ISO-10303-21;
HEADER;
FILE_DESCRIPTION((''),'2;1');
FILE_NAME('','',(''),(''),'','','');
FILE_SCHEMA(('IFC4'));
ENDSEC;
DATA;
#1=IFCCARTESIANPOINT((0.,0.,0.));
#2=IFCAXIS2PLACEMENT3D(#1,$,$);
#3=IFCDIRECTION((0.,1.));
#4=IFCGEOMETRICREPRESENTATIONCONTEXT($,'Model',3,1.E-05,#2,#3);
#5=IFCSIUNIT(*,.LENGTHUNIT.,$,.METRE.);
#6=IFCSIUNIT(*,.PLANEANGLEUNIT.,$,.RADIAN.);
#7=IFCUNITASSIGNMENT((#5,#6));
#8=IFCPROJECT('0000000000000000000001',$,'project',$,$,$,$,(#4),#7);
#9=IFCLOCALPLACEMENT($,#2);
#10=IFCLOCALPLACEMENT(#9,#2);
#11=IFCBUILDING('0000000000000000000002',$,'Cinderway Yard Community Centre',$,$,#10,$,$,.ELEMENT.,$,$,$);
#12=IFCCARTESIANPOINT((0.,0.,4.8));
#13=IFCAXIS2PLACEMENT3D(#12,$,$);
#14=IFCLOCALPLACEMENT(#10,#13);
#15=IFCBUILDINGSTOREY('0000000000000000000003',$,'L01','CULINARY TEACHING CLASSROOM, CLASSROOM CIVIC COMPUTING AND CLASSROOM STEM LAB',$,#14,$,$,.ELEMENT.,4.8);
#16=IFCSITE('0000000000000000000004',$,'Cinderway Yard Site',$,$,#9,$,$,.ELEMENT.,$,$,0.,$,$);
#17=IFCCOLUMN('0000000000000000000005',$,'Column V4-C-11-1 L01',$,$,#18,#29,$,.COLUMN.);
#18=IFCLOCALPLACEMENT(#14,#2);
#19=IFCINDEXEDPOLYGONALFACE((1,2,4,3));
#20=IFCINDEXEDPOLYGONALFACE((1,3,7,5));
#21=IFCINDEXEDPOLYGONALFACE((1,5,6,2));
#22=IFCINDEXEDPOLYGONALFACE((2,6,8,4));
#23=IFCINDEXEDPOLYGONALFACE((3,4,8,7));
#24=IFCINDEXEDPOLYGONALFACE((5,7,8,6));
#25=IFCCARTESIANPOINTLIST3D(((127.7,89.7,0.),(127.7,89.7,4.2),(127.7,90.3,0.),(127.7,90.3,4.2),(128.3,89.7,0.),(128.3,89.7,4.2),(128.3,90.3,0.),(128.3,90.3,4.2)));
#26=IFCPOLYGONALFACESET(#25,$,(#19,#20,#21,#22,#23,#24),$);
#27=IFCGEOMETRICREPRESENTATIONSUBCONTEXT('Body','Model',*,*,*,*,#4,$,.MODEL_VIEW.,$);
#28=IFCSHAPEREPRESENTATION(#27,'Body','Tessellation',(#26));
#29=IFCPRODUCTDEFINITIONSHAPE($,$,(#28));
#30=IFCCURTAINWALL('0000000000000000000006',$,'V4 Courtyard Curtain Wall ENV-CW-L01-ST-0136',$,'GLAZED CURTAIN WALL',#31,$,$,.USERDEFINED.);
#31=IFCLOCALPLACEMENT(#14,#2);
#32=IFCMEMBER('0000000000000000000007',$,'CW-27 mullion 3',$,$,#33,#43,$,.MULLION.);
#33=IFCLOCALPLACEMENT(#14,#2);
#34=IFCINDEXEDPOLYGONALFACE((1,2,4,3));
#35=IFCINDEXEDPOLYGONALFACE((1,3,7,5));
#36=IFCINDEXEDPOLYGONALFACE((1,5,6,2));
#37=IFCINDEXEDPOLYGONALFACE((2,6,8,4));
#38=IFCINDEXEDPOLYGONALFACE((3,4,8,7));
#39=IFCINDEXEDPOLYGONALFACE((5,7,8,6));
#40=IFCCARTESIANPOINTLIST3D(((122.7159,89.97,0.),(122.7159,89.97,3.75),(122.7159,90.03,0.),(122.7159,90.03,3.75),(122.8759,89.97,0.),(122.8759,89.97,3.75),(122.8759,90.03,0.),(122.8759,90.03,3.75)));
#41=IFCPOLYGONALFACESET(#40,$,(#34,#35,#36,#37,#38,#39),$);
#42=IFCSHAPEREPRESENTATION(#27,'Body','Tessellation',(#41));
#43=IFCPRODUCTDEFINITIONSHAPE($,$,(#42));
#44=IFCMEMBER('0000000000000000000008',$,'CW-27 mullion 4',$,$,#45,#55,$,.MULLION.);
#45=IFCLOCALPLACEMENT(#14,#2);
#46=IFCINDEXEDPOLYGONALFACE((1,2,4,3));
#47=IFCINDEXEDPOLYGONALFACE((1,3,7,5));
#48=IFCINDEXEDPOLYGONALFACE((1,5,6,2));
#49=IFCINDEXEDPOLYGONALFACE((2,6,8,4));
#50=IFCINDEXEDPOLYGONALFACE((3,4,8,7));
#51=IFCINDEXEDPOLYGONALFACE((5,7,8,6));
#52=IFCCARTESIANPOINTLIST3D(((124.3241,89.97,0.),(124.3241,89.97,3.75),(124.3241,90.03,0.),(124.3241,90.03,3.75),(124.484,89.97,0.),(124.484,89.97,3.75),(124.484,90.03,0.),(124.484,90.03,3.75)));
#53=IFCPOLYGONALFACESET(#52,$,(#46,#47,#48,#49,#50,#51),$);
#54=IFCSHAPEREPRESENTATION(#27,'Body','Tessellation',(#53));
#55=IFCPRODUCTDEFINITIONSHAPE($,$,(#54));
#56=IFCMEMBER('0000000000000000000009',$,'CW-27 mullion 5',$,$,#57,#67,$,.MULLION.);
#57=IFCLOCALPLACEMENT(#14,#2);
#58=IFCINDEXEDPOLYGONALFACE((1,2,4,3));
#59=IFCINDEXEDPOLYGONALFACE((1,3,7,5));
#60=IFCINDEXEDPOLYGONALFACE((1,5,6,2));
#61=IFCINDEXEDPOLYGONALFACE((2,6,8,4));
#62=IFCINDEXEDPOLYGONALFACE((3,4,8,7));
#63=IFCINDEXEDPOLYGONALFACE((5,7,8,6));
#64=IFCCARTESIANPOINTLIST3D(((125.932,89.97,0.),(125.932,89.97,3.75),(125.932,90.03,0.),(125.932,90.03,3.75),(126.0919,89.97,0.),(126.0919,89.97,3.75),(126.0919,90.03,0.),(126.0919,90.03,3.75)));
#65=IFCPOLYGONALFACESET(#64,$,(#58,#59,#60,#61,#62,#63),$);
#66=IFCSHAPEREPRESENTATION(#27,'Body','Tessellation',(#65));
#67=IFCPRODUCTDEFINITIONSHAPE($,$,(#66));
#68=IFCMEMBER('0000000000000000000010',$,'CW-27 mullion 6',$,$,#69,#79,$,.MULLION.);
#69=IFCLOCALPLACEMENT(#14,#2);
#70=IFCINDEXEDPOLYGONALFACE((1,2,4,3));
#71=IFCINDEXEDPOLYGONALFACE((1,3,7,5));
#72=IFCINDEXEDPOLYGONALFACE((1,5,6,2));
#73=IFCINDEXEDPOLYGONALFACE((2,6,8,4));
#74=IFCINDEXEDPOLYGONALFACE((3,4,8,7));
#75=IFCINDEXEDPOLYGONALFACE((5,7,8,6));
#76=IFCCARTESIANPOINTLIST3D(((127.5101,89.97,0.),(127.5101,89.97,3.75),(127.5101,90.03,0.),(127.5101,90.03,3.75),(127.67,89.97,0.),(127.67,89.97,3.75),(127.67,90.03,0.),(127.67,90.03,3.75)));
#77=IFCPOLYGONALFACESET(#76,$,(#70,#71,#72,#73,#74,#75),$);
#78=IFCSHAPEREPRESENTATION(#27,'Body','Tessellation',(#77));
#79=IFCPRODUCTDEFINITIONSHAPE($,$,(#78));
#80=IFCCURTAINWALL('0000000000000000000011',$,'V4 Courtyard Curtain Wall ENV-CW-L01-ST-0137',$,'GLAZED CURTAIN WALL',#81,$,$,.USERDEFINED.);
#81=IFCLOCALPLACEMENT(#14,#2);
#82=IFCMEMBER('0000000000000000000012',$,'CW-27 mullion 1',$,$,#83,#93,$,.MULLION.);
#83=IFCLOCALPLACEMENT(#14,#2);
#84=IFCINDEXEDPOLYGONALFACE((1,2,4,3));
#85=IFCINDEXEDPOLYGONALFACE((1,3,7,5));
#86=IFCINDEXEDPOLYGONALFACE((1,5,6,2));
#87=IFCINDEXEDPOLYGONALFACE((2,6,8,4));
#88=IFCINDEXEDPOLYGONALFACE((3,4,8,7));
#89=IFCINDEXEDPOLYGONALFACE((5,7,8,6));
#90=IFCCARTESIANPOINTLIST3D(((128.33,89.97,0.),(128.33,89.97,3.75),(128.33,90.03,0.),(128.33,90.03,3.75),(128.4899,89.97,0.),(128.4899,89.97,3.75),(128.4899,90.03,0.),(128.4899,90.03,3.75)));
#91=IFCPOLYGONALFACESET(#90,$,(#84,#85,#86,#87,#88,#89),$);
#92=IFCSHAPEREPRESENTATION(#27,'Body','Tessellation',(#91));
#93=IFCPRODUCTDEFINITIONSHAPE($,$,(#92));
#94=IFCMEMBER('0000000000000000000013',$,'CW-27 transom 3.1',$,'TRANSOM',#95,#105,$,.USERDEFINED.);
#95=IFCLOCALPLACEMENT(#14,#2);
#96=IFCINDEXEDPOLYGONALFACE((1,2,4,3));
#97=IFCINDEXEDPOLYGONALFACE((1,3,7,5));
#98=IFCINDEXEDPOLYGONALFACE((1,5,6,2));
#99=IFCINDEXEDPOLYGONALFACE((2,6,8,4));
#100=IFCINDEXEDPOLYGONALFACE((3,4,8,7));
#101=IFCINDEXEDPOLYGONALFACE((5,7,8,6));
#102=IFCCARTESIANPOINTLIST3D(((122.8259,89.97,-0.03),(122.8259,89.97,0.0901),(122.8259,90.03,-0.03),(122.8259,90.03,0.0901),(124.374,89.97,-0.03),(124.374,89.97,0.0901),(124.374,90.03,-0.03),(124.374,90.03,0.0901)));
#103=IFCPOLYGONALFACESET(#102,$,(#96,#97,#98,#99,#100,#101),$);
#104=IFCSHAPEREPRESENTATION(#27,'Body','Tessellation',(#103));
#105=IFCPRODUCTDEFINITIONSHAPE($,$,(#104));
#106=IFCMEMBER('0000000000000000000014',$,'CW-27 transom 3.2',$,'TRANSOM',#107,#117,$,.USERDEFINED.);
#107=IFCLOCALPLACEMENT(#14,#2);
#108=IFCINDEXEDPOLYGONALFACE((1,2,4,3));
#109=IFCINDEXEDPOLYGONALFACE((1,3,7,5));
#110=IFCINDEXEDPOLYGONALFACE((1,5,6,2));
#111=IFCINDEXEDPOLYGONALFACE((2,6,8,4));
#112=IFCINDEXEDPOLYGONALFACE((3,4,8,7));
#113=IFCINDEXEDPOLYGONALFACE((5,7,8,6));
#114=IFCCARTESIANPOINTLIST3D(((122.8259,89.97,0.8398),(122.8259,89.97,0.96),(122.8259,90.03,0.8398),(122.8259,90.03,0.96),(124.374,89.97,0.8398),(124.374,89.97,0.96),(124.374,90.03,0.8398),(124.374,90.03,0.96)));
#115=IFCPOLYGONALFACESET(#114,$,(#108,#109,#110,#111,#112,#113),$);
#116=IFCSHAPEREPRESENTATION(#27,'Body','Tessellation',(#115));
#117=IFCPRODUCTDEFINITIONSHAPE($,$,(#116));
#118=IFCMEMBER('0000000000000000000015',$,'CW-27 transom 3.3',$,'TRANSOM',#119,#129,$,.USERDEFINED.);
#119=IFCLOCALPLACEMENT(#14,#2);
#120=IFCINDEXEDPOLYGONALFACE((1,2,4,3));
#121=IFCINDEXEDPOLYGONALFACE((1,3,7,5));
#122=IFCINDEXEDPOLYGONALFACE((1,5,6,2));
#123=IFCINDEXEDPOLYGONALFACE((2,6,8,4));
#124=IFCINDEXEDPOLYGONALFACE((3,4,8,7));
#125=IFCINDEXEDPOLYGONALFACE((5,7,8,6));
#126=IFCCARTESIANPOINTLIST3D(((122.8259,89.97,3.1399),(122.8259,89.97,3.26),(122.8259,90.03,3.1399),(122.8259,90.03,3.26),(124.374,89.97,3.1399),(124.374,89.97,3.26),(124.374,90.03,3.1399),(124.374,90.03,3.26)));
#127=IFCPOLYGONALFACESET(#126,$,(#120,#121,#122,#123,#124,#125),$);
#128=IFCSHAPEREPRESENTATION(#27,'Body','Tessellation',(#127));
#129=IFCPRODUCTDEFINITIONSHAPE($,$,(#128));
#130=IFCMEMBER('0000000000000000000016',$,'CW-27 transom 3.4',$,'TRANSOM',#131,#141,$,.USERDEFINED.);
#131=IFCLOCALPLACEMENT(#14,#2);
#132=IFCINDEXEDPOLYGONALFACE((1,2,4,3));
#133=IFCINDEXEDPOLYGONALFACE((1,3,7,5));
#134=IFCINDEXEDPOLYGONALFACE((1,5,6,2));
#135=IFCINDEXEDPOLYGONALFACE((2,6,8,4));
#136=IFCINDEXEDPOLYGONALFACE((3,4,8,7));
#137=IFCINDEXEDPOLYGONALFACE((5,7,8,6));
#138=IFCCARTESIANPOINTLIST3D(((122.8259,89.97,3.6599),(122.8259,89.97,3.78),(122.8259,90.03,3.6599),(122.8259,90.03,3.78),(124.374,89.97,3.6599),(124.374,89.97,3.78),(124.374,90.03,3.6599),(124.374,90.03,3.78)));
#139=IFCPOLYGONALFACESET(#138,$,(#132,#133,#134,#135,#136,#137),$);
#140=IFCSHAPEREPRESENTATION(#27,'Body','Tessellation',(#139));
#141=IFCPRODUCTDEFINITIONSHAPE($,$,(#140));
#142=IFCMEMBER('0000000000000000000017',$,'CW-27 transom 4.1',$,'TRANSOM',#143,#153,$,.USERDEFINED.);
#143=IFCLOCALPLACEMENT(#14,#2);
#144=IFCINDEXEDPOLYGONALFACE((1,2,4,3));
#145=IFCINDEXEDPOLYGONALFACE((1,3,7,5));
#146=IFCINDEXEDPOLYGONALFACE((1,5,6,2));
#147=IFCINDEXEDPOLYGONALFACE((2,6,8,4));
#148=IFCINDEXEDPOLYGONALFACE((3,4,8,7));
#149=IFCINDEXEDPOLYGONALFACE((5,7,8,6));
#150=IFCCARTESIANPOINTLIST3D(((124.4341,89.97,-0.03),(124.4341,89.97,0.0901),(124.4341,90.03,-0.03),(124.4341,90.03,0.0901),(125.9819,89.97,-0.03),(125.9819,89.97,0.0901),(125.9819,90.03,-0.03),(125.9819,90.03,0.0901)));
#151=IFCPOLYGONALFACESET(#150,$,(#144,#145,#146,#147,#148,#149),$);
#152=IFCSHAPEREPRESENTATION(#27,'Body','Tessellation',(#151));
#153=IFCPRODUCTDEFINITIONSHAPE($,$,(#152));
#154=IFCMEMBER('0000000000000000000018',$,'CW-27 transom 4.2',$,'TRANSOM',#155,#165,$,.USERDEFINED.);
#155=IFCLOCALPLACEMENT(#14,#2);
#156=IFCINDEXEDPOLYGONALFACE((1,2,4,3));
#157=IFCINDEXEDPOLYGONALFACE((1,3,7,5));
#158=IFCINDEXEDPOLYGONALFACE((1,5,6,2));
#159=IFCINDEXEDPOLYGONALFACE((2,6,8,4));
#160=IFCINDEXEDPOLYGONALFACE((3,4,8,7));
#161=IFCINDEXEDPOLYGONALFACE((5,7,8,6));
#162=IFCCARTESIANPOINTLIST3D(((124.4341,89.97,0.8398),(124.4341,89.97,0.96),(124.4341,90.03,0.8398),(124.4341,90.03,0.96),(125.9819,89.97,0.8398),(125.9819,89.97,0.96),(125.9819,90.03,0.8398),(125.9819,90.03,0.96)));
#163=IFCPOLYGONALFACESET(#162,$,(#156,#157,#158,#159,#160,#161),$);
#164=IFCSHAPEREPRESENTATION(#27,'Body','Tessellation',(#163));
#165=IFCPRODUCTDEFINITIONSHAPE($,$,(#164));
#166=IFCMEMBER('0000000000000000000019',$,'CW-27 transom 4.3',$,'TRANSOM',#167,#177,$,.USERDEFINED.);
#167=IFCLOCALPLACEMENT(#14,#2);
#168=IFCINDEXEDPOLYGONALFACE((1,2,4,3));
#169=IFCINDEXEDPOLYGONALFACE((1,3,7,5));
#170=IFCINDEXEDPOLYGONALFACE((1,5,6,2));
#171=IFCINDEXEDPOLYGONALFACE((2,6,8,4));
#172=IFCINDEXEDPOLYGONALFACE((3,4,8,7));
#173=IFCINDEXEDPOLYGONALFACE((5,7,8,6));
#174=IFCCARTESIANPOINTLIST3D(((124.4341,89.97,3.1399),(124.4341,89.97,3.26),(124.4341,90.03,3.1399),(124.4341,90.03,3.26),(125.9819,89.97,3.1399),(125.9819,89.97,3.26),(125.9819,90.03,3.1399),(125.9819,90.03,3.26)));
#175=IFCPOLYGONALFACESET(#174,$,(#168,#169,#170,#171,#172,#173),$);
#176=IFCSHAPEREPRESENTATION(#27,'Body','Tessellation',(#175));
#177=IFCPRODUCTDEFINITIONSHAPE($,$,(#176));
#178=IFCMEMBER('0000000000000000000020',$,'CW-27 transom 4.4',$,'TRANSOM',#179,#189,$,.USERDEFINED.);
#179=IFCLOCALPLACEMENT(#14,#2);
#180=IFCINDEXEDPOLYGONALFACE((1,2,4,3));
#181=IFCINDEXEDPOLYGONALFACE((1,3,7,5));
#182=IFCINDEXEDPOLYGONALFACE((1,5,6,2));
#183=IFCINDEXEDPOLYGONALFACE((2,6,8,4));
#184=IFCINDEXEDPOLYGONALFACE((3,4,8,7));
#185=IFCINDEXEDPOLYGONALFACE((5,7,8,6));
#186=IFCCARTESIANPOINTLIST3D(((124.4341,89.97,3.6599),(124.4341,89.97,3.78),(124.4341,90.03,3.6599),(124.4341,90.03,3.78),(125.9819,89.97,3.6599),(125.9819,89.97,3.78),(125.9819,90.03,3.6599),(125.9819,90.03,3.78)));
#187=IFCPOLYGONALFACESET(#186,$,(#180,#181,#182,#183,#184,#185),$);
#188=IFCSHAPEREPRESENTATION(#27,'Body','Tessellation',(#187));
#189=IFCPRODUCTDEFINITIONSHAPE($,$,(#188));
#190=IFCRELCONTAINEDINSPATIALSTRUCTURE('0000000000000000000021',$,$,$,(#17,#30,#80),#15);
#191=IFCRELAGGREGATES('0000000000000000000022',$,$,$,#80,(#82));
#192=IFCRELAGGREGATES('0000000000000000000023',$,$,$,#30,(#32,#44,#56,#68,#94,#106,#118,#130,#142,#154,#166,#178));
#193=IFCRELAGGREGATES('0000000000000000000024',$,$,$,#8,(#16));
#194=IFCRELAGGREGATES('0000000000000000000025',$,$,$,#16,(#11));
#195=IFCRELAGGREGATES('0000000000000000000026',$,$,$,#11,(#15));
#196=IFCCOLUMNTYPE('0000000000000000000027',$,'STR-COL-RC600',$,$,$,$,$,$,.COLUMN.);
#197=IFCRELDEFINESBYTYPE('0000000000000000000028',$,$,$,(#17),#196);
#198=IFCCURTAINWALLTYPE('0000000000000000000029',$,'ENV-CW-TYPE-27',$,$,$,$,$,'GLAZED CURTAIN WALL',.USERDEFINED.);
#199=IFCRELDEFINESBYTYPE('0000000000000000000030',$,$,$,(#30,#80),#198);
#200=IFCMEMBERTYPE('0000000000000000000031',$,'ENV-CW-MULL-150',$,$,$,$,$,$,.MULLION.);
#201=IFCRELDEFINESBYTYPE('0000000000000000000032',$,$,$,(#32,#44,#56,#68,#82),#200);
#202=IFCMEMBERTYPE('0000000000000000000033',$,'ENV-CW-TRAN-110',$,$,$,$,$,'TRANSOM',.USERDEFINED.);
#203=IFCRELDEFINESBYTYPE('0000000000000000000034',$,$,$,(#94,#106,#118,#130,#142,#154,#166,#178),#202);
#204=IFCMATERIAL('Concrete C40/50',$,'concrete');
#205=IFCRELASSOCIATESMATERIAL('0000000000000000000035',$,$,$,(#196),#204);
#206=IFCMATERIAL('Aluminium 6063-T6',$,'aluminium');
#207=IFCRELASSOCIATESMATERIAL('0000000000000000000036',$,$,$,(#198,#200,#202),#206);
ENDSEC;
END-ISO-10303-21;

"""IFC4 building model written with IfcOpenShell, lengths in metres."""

from ifc_helpers import new_model, si_unit, direction, frame, origin, origin_2d, place, context, subcontext, project, spatial, rectangle, extrude, material, material_profile, profile_set, type_object, element, aggregate, save


model = new_model("IFC4")

# Units and contexts
model_context = context("Model", 3, precision=1e-05, world=origin(), true_north=direction((0.0, 1.0)))
body_context = subcontext(model_context, "Body", "Model", "MODEL_VIEW")
ifc_project = project(units=[si_unit("LENGTHUNIT", "METRE"), si_unit("PLANEANGLEUNIT", "RADIAN")], contexts=[model_context])

# Site, building, storey
site_placement = place(None, origin())
site = spatial("IfcSite", under=ifc_project, at=site_placement, Name="Cinderway Yard Site", CompositionType="ELEMENT", RefElevation=0.0)
building_placement = place(site_placement, origin())
building = spatial("IfcBuilding", under=site, at=building_placement, Name="Cinderway Yard Community Centre", CompositionType="ELEMENT")
storey_placement = place(building_placement, frame((0.0, 0.0, 4.8)))
storey = spatial("IfcBuildingStorey", under=building, at=storey_placement, Name="L01", Description="CULINARY TEACHING CLASSROOM, CLASSROOM CIVIC COMPUTING AND CLASSROOM STEM LAB", CompositionType="ELEMENT", Elevation=4.8)

# Column
ifc_material_1 = material(Name="Concrete C40/50", Category="concrete")
ifc_material_profile_1 = material_profile(ifc_material_1, rectangle(XDim=0.6001, YDim=0.6001, at=origin_2d()), Name="Concrete C40/50")
ifc_profile_set_1 = profile_set([ifc_material_profile_1], Name="Concrete C40/50")
column_type = type_object("IfcColumnType", Name="STR-COL-RC600", PredefinedType="COLUMN", material=ifc_profile_set_1)
column_placement = place(storey_placement, frame((128.0, 90.0, 0.0), z_axis=(0.0, 0.0, 1.0), x_axis=(1.0, 0.0, 0.0)))
element("IfcColumn", 1, at=column_placement, inside=storey, type_object=column_type, Name="Column V4-C-11-1 L01", PredefinedType="COLUMN", context=body_context, shape_type="SweptSolid", body=[
    extrude(rectangle(XDim=0.6001, YDim=0.6001, at=origin_2d()), origin(), (0.0, 0.0, 1.0), 4.2),
])

# Curtain wall, members
ifc_material_2 = material(Name="Aluminium 6063-T6", Category="aluminium")
curtain_wall_type = type_object("IfcCurtainWallType", Name="ENV-CW-TYPE-27", ElementType="GLAZED CURTAIN WALL", PredefinedType="USERDEFINED", material=ifc_material_2)
curtain_wall_1_placement = place(storey_placement, origin())
curtain_wall_1 = element("IfcCurtainWall", 2, at=curtain_wall_1_placement, inside=storey, type_object=curtain_wall_type, Name="V4 Courtyard Curtain Wall ENV-CW-L01-ST-0136", ObjectType="GLAZED CURTAIN WALL", PredefinedType="USERDEFINED")
ifc_material_profile_2 = material_profile(ifc_material_2, rectangle(XDim=0.0601, YDim=0.1599, at=origin_2d()), Name="Aluminium 6063-T6")
ifc_profile_set_2 = profile_set([ifc_material_profile_2], Name="Aluminium 6063-T6")
member_type_1 = type_object("IfcMemberType", Name="ENV-CW-MULL-150", PredefinedType="MULLION", material=ifc_profile_set_2)
member_1_placement = place(storey_placement, frame((122.7959, 90.0, 0.0), z_axis=(0.0, 0.0, 1.0), x_axis=(0.0, 1.0, 0.0)))
member_1 = element("IfcMember", 3, at=member_1_placement, type_object=member_type_1, Name="CW-27 mullion 3", PredefinedType="MULLION", context=body_context, shape_type="SweptSolid", body=[
    extrude(rectangle(XDim=0.0601, YDim=0.1599, at=origin_2d()), origin(), (0.0, 0.0, 1.0), 3.75),
])
member_2_placement = place(storey_placement, frame((124.4041, 90.0, 0.0), z_axis=(0.0, 0.0, 1.0), x_axis=(0.0, 1.0, 0.0)))
member_2 = element("IfcMember", 4, at=member_2_placement, type_object=member_type_1, Name="CW-27 mullion 4", PredefinedType="MULLION", context=body_context, shape_type="SweptSolid", body=[
    extrude(rectangle(XDim=0.0601, YDim=0.1599, at=origin_2d()), origin(), (0.0, 0.0, 1.0), 3.75),
])
member_3_placement = place(storey_placement, frame((126.012, 90.0, 0.0), z_axis=(0.0, 0.0, 1.0), x_axis=(0.0, 1.0, 0.0)))
member_3 = element("IfcMember", 5, at=member_3_placement, type_object=member_type_1, Name="CW-27 mullion 5", PredefinedType="MULLION", context=body_context, shape_type="SweptSolid", body=[
    extrude(rectangle(XDim=0.0601, YDim=0.1599, at=origin_2d()), origin(), (0.0, 0.0, 1.0), 3.75),
])
member_4_placement = place(storey_placement, frame((127.5901, 90.0, 0.0), z_axis=(0.0, 0.0, 1.0), x_axis=(0.0, 1.0, 0.0)))
member_4 = element("IfcMember", 6, at=member_4_placement, type_object=member_type_1, Name="CW-27 mullion 6", PredefinedType="MULLION", context=body_context, shape_type="SweptSolid", body=[
    extrude(rectangle(XDim=0.0601, YDim=0.1599, at=origin_2d()), origin(), (0.0, 0.0, 1.0), 3.75),
])

# Curtain wall, member
curtain_wall_2_placement = place(storey_placement, origin())
curtain_wall_2 = element("IfcCurtainWall", 7, at=curtain_wall_2_placement, inside=storey, type_object=curtain_wall_type, Name="V4 Courtyard Curtain Wall ENV-CW-L01-ST-0137", ObjectType="GLAZED CURTAIN WALL", PredefinedType="USERDEFINED")
member_5_placement = place(storey_placement, frame((128.4099, 90.0, 0.0), z_axis=(0.0, 0.0, 1.0), x_axis=(0.0, 1.0, 0.0)))
member_5 = element("IfcMember", 8, at=member_5_placement, type_object=member_type_1, Name="CW-27 mullion 1", PredefinedType="MULLION", context=body_context, shape_type="SweptSolid", body=[
    extrude(rectangle(XDim=0.0601, YDim=0.1599, at=origin_2d()), origin(), (0.0, 0.0, 1.0), 3.75),
])
aggregate(curtain_wall_2, [member_5])

# Members
ifc_material_profile_3 = material_profile(ifc_material_2, rectangle(XDim=0.0601, YDim=0.1201, at=origin_2d()), Name="Aluminium 6063-T6")
ifc_profile_set_3 = profile_set([ifc_material_profile_3], Name="Aluminium 6063-T6")
member_type_2 = type_object("IfcMemberType", Name="ENV-CW-TRAN-110", ElementType="TRANSOM", PredefinedType="USERDEFINED", material=ifc_profile_set_3)
member_6_placement = place(storey_placement, frame((122.8259, 90.0, 0.03), z_axis=(1.0, 0.0, 0.0), x_axis=(0.0, 1.0, 0.0)))
member_6 = element("IfcMember", 9, at=member_6_placement, type_object=member_type_2, Name="CW-27 transom 3.1", ObjectType="TRANSOM", PredefinedType="USERDEFINED", context=body_context, shape_type="SweptSolid", body=[
    extrude(rectangle(XDim=0.0601, YDim=0.1201, at=origin_2d()), origin(), (0.0, 0.0, 1.0), 1.5481),
])
member_7_placement = place(storey_placement, frame((122.8259, 90.0, 0.8999), z_axis=(1.0, 0.0, 0.0), x_axis=(0.0, 1.0, 0.0)))
member_7 = element("IfcMember", 10, at=member_7_placement, type_object=member_type_2, Name="CW-27 transom 3.2", ObjectType="TRANSOM", PredefinedType="USERDEFINED", context=body_context, shape_type="SweptSolid", body=[
    extrude(rectangle(XDim=0.0601, YDim=0.1201, at=origin_2d()), origin(), (0.0, 0.0, 1.0), 1.5481),
])
member_8_placement = place(storey_placement, frame((122.8259, 90.0, 3.2), z_axis=(1.0, 0.0, 0.0), x_axis=(0.0, 1.0, 0.0)))
member_8 = element("IfcMember", 11, at=member_8_placement, type_object=member_type_2, Name="CW-27 transom 3.3", ObjectType="TRANSOM", PredefinedType="USERDEFINED", context=body_context, shape_type="SweptSolid", body=[
    extrude(rectangle(XDim=0.0601, YDim=0.1201, at=origin_2d()), origin(), (0.0, 0.0, 1.0), 1.5481),
])
member_9_placement = place(storey_placement, frame((122.8259, 90.0, 3.72), z_axis=(1.0, 0.0, 0.0), x_axis=(0.0, 1.0, 0.0)))
member_9 = element("IfcMember", 12, at=member_9_placement, type_object=member_type_2, Name="CW-27 transom 3.4", ObjectType="TRANSOM", PredefinedType="USERDEFINED", context=body_context, shape_type="SweptSolid", body=[
    extrude(rectangle(XDim=0.0601, YDim=0.1201, at=origin_2d()), origin(), (0.0, 0.0, 1.0), 1.5481),
])
member_10_placement = place(storey_placement, frame((124.4341, 90.0, 0.03), z_axis=(1.0, 0.0, 0.0), x_axis=(0.0, 1.0, 0.0)))
member_10 = element("IfcMember", 13, at=member_10_placement, type_object=member_type_2, Name="CW-27 transom 4.1", ObjectType="TRANSOM", PredefinedType="USERDEFINED", context=body_context, shape_type="SweptSolid", body=[
    extrude(rectangle(XDim=0.0601, YDim=0.1201, at=origin_2d()), origin(), (0.0, 0.0, 1.0), 1.5479),
])
member_11_placement = place(storey_placement, frame((124.4341, 90.0, 0.8999), z_axis=(1.0, 0.0, 0.0), x_axis=(0.0, 1.0, 0.0)))
member_11 = element("IfcMember", 14, at=member_11_placement, type_object=member_type_2, Name="CW-27 transom 4.2", ObjectType="TRANSOM", PredefinedType="USERDEFINED", context=body_context, shape_type="SweptSolid", body=[
    extrude(rectangle(XDim=0.0601, YDim=0.1201, at=origin_2d()), origin(), (0.0, 0.0, 1.0), 1.5479),
])
member_12_placement = place(storey_placement, frame((124.4341, 90.0, 3.2), z_axis=(1.0, 0.0, 0.0), x_axis=(0.0, 1.0, 0.0)))
member_12 = element("IfcMember", 15, at=member_12_placement, type_object=member_type_2, Name="CW-27 transom 4.3", ObjectType="TRANSOM", PredefinedType="USERDEFINED", context=body_context, shape_type="SweptSolid", body=[
    extrude(rectangle(XDim=0.0601, YDim=0.1201, at=origin_2d()), origin(), (0.0, 0.0, 1.0), 1.5479),
])
member_13_placement = place(storey_placement, frame((124.4341, 90.0, 3.72), z_axis=(1.0, 0.0, 0.0), x_axis=(0.0, 1.0, 0.0)))
member_13 = element("IfcMember", 16, at=member_13_placement, type_object=member_type_2, Name="CW-27 transom 4.4", ObjectType="TRANSOM", PredefinedType="USERDEFINED", context=body_context, shape_type="SweptSolid", body=[
    extrude(rectangle(XDim=0.0601, YDim=0.1201, at=origin_2d()), origin(), (0.0, 0.0, 1.0), 1.5479),
])

aggregate(curtain_wall_1, [member_1, member_2, member_3, member_4, member_6, member_7, member_8, member_9, member_10, member_11, member_12, member_13])

save(model, "model.ifc")
